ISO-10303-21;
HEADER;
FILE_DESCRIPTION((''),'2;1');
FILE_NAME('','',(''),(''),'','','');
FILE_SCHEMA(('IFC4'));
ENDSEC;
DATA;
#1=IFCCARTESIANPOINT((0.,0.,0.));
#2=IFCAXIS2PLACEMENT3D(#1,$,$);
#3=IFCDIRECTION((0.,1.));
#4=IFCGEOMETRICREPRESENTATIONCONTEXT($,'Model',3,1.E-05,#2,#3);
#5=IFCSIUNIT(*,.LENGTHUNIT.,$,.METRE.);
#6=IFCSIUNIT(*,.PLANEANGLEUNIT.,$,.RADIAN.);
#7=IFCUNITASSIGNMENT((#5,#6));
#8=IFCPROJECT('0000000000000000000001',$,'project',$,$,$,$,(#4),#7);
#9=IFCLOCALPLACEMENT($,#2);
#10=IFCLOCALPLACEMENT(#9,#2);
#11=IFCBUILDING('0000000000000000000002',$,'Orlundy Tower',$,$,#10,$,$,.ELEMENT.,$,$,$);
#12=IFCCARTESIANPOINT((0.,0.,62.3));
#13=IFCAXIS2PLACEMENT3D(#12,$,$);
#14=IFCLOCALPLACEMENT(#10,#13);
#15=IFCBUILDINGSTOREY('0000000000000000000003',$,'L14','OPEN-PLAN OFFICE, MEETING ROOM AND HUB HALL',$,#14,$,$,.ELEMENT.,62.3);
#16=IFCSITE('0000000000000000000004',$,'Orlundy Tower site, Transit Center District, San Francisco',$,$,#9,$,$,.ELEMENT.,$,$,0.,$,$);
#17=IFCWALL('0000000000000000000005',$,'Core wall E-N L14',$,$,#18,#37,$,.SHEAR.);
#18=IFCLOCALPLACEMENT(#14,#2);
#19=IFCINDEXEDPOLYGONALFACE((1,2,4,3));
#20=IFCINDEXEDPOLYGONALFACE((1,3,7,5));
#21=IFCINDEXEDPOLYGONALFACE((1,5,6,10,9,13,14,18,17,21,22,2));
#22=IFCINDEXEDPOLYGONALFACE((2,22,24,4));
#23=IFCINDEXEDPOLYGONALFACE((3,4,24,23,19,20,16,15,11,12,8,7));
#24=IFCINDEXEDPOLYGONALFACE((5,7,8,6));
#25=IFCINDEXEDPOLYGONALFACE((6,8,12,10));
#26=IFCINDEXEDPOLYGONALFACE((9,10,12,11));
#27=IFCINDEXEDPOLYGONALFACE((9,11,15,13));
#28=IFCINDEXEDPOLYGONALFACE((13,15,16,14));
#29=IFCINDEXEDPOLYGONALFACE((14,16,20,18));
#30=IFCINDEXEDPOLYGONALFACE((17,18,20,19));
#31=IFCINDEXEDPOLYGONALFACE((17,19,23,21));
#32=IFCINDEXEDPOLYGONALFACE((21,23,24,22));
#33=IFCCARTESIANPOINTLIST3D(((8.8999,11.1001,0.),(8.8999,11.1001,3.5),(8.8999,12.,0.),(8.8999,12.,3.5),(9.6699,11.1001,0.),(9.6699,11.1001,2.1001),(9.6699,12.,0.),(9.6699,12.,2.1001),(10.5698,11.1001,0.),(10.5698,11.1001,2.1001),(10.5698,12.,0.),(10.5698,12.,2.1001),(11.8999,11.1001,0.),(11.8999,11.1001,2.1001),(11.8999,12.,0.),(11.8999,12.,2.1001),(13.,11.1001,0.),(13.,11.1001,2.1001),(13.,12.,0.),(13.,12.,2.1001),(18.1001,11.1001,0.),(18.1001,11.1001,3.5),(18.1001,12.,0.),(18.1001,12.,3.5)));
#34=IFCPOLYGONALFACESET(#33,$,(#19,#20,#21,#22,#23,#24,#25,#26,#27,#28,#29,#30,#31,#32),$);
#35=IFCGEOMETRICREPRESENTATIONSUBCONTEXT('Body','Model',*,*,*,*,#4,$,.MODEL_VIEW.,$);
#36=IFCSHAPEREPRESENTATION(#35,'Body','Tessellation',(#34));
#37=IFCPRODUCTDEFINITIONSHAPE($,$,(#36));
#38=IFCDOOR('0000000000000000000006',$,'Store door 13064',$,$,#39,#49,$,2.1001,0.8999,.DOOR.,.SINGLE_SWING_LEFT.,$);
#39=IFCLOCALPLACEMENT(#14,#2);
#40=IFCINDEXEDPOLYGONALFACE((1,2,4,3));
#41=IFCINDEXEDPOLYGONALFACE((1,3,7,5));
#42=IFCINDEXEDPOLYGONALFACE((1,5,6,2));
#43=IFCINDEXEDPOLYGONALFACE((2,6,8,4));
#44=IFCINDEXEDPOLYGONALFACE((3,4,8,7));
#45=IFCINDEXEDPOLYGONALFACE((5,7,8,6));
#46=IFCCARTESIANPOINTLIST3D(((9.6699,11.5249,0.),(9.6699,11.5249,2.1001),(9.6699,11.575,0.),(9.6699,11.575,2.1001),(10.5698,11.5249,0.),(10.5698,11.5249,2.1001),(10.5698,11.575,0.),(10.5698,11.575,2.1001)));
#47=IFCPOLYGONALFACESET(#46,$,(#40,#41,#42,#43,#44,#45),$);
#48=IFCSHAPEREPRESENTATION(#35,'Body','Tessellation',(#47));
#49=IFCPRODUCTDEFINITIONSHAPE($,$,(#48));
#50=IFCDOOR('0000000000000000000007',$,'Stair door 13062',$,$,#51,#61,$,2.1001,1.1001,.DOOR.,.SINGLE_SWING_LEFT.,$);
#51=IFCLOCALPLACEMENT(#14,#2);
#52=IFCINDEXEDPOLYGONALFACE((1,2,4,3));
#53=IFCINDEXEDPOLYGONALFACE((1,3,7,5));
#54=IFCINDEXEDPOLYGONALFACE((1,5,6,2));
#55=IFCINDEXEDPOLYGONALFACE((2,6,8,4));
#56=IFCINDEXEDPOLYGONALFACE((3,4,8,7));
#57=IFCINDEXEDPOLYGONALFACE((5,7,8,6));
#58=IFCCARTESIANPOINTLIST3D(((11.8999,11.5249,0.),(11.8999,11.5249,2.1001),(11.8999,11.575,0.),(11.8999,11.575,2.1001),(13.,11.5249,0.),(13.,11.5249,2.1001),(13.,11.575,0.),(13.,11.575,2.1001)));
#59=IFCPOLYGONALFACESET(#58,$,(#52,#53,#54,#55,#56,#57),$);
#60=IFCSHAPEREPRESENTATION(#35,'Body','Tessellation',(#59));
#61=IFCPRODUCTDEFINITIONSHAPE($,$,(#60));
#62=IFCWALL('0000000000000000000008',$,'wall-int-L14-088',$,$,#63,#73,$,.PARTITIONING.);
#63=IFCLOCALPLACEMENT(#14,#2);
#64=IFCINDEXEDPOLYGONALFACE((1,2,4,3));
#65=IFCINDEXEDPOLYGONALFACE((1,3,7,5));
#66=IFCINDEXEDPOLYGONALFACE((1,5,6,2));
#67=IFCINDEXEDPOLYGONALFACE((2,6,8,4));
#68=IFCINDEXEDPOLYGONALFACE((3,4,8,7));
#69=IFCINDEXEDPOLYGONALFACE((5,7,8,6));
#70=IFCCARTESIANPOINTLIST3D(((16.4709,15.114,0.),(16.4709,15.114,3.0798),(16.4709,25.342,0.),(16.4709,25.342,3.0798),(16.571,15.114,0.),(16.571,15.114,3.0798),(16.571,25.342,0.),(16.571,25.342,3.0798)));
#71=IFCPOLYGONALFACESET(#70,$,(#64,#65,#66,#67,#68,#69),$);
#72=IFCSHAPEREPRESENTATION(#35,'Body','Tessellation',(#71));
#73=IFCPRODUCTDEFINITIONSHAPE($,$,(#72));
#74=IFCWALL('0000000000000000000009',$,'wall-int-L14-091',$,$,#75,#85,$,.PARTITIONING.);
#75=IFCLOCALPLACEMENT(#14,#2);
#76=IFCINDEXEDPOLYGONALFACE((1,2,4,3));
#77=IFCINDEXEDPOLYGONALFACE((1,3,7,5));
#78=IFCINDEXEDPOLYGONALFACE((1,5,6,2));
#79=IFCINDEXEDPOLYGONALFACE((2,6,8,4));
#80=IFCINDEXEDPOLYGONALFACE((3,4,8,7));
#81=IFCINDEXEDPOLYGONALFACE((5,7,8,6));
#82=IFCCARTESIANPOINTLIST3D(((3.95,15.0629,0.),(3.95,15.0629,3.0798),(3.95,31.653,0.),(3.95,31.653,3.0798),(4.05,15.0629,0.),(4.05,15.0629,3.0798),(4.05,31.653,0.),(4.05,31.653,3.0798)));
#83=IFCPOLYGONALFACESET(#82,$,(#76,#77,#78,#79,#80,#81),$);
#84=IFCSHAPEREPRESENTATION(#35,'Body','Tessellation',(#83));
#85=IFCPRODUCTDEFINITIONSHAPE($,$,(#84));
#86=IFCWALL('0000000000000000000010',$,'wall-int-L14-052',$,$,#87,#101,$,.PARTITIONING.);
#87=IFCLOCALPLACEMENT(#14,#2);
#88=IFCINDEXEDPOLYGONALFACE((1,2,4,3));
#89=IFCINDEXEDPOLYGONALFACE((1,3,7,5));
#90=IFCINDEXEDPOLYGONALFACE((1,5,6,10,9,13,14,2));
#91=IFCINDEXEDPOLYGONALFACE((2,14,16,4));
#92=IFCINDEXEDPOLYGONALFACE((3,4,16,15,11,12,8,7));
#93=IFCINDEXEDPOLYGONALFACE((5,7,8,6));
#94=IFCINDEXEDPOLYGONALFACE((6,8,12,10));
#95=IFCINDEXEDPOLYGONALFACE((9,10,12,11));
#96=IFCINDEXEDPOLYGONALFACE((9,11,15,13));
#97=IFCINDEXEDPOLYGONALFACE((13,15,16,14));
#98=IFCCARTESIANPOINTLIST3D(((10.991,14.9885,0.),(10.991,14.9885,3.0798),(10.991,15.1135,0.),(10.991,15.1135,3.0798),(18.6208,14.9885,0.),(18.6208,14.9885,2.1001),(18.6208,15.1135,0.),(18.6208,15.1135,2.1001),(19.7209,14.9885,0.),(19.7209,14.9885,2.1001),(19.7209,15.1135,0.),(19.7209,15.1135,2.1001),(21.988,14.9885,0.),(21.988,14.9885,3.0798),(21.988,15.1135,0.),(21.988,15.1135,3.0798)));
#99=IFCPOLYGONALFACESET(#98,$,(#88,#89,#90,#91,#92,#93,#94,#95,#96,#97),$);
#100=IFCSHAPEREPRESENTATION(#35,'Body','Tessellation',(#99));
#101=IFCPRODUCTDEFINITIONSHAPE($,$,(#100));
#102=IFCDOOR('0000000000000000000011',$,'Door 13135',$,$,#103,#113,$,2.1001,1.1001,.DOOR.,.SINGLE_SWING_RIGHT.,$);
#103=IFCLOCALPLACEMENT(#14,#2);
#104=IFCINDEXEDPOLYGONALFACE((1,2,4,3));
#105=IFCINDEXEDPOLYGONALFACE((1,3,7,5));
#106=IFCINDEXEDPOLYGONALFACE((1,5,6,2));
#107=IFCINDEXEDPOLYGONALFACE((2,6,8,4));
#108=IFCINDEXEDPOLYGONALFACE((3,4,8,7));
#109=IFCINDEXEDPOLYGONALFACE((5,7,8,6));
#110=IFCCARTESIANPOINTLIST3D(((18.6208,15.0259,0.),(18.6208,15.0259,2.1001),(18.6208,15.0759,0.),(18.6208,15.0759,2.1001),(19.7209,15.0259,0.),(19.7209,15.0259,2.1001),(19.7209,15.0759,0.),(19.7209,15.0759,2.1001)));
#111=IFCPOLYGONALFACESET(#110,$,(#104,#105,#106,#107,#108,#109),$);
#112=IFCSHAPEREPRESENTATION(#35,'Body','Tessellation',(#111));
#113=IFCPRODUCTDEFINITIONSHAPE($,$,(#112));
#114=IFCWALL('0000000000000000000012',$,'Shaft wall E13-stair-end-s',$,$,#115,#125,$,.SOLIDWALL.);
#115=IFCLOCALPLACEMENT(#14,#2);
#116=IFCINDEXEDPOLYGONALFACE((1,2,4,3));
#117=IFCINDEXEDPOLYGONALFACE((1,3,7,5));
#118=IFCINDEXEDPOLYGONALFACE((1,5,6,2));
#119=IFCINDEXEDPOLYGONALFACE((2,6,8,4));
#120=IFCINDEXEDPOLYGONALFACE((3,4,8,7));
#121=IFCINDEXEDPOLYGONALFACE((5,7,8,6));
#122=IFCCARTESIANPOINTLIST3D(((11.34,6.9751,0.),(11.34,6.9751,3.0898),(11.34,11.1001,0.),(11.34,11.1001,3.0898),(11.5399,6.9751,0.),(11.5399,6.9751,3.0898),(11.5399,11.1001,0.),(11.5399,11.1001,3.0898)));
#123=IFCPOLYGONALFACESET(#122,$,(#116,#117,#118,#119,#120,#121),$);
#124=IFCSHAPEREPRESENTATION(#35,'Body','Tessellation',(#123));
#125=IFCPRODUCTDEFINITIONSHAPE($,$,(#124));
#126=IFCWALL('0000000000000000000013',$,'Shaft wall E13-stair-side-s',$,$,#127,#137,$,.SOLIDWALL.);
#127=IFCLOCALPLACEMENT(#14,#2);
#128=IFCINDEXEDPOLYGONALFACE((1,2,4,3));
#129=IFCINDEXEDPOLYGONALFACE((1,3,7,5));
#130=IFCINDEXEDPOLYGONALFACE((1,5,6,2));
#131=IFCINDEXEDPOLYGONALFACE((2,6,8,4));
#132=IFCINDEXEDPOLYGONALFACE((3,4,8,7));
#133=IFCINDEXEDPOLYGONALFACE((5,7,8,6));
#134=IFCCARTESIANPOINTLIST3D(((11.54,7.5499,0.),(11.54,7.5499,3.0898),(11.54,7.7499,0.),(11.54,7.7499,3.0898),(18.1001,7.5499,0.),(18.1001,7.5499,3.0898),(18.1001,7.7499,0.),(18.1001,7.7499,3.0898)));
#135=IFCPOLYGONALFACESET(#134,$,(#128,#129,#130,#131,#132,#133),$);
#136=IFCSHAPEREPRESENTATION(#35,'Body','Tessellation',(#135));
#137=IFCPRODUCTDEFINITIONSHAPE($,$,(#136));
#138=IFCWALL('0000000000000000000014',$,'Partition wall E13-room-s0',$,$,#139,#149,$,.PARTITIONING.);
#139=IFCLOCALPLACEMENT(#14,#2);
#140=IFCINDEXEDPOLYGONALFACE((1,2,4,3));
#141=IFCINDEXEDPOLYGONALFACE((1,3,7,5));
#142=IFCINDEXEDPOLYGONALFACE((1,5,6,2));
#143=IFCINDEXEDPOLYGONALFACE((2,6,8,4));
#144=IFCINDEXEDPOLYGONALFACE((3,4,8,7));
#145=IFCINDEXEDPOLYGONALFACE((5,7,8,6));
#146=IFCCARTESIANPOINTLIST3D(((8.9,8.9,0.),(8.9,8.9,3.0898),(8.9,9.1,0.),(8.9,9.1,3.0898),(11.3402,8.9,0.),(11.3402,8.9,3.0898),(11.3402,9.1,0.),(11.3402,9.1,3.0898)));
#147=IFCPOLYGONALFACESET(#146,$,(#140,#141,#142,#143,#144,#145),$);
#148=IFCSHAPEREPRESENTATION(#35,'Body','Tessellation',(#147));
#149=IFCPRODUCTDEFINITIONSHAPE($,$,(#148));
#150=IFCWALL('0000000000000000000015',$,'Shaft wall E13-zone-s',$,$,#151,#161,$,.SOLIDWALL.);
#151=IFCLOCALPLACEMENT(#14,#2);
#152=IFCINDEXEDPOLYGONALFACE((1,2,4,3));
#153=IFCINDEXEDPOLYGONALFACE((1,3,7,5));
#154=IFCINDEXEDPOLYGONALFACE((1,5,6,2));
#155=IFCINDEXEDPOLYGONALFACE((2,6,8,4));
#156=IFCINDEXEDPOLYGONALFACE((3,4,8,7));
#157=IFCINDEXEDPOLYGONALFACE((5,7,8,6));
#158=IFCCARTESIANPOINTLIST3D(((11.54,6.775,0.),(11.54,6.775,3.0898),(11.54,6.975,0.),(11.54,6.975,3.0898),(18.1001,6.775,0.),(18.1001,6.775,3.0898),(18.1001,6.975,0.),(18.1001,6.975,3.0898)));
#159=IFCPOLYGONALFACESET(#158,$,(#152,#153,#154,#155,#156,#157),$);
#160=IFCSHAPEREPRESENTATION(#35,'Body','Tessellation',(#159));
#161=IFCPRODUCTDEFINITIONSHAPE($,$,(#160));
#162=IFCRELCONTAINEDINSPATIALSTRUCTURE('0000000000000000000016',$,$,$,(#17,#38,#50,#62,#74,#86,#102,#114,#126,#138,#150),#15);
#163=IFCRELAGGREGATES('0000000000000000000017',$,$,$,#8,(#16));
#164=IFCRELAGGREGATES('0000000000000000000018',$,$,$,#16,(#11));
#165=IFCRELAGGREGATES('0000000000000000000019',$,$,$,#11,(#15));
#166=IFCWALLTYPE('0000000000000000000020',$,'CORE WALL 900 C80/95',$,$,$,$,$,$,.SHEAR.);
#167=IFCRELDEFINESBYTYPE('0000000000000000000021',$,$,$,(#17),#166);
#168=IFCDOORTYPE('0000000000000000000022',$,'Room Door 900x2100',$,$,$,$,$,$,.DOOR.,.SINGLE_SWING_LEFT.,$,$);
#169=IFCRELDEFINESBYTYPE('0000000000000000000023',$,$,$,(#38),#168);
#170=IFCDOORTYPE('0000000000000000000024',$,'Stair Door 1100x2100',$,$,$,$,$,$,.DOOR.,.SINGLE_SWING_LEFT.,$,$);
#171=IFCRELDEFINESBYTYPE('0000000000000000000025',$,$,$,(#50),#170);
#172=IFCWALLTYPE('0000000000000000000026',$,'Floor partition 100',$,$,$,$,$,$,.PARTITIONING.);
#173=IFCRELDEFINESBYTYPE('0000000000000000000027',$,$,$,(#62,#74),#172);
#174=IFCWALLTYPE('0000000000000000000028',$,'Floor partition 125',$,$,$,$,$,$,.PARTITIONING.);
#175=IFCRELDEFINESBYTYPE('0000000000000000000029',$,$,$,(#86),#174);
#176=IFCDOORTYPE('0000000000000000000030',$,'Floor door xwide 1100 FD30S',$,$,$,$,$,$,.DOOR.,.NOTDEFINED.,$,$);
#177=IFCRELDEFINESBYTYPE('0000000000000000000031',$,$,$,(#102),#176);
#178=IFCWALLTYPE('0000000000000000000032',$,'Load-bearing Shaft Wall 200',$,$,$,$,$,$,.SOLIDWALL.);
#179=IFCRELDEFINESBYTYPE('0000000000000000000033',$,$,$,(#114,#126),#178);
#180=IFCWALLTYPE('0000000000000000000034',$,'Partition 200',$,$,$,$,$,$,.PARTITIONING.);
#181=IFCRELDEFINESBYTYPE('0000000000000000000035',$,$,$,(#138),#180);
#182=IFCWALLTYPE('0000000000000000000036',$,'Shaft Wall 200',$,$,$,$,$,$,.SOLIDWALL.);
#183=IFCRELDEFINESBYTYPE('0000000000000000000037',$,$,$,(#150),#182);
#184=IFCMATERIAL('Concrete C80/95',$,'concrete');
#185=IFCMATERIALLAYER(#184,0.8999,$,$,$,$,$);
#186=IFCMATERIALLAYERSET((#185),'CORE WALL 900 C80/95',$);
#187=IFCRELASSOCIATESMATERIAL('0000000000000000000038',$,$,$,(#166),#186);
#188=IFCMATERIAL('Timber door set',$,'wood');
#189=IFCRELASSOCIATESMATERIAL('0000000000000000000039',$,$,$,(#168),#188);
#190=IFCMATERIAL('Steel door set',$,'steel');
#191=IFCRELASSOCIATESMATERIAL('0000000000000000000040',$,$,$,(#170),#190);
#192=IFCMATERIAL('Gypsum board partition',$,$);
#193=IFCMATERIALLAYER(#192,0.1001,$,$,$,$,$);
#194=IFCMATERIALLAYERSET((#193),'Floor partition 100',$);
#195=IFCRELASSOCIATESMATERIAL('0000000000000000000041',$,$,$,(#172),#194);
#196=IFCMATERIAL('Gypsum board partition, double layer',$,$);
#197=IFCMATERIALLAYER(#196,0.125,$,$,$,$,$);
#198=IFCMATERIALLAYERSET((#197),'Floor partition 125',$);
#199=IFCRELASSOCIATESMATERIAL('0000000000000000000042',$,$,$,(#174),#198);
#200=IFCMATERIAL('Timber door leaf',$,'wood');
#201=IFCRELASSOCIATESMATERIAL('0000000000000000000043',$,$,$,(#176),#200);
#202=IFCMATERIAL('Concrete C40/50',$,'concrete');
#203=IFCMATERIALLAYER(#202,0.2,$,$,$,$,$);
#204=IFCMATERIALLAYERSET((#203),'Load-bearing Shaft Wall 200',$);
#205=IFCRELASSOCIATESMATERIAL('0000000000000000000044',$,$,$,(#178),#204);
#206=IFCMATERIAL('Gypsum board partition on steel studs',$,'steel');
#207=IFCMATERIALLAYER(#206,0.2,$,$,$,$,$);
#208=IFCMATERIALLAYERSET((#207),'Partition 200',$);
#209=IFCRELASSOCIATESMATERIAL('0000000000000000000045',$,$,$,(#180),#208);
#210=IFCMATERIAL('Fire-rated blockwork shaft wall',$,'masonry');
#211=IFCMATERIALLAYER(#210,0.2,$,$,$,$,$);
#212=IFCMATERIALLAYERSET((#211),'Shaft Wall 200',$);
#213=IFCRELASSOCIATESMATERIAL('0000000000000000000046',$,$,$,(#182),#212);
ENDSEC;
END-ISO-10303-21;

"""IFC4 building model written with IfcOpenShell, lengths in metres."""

from ifc_helpers import new_model, si_unit, direction, frame, frame_2d, origin, place, context, subcontext, project, spatial, rectangle, extrude, material, layer, layer_set, type_object, element, fill, save


model = new_model("IFC4")

# Units and contexts
model_context = context("Model", 3, precision=1e-05, world=origin(), true_north=direction((0.0, 1.0)))
body_context = subcontext(model_context, "Body", "Model", "MODEL_VIEW")
ifc_project = project(units=[si_unit("LENGTHUNIT", "METRE"), si_unit("PLANEANGLEUNIT", "RADIAN")], contexts=[model_context])

# Site, building, storey
site_placement = place(None, origin())
site = spatial("IfcSite", under=ifc_project, at=site_placement, Name="Orlundy Tower site, Transit Center District, San Francisco", CompositionType="ELEMENT", RefElevation=0.0)
building_placement = place(site_placement, origin())
building = spatial("IfcBuilding", under=site, at=building_placement, Name="Orlundy Tower", CompositionType="ELEMENT")
storey_placement = place(building_placement, frame((0.0, 0.0, 62.3)))
storey = spatial("IfcBuildingStorey", under=building, at=storey_placement, Name="L14", Description="OPEN-PLAN OFFICE, MEETING ROOM AND HUB HALL", CompositionType="ELEMENT", Elevation=62.3)

# Wall, openings, doors
ifc_material_1 = material(Name="Concrete C80/95", Category="concrete")
ifc_layer_1 = layer(ifc_material_1, 0.8999)
ifc_layer_set_1 = layer_set([ifc_layer_1], Name="CORE WALL 900 C80/95")
wall_type_1 = type_object("IfcWallType", Name="CORE WALL 900 C80/95", PredefinedType="SHEAR", material=ifc_layer_set_1)
wall_1_placement = place(storey_placement, frame((8.8999, 11.55, 0.0), z_axis=(0.0, 0.0, 1.0), x_axis=(1.0, 0.0, 0.0)))
wall_1 = element("IfcWall", 1, at=wall_1_placement, inside=storey, type_object=wall_type_1, Name="Core wall E-N L14", PredefinedType="SHEAR", context=body_context, shape_type="SweptSolid", body=[
    extrude(rectangle(XDim=9.2002, YDim=0.8999, at=frame_2d((4.6001, 0.0))), origin(), (0.0, 0.0, 1.0), 3.5),
])
opening_1_placement = place(wall_1_placement, frame((3.0, 0.0, 0.0)))
opening_1 = element("IfcOpeningElement", 2, at=opening_1_placement, cuts=wall_1, PredefinedType="OPENING", context=body_context, shape_type="SweptSolid", body=[
    extrude(rectangle(XDim=1.1001, YDim=2.1001, at=frame_2d((0.55, 1.05))), frame((0.0, 0.46, 0.0), z_axis=(0.0, -1.0, 0.0), x_axis=(1.0, 0.0, 0.0)), (0.0, 0.0, 1.0), 0.9199),
])
opening_2_placement = place(wall_1_placement, frame((0.77, 0.0, 0.0)))
opening_2 = element("IfcOpeningElement", 3, at=opening_2_placement, cuts=wall_1, PredefinedType="OPENING", context=body_context, shape_type="SweptSolid", body=[
    extrude(rectangle(XDim=0.8999, YDim=2.1001, at=frame_2d((0.45, 1.05))), frame((0.0, 0.46, 0.0), z_axis=(0.0, -1.0, 0.0), x_axis=(1.0, 0.0, 0.0)), (0.0, 0.0, 1.0), 0.9199),
])
ifc_material_2 = material(Name="Timber door set", Category="wood")
door_type_1 = type_object("IfcDoorType", Name="Room Door 900x2100", OperationType="SINGLE_SWING_LEFT", PredefinedType="DOOR", material=ifc_material_2)
door_1_placement = place(opening_2_placement, origin())
door_1 = element("IfcDoor", 4, at=door_1_placement, inside=storey, type_object=door_type_1, Name="Store door 13064", OperationType="SINGLE_SWING_LEFT", OverallHeight=2.1001, OverallWidth=0.8999, PredefinedType="DOOR", context=body_context, shape_type="SweptSolid", body=[
    extrude(rectangle(XDim=0.8999, YDim=2.1001, at=frame_2d((0.45, 1.05))), frame((0.0, 0.0249, 0.0), z_axis=(0.0, -1.0, 0.0), x_axis=(1.0, 0.0, 0.0)), (0.0, 0.0, 1.0), 0.05),
])
fill(opening_2, door_1)
ifc_material_3 = material(Name="Steel door set", Category="steel")
door_type_2 = type_object("IfcDoorType", Name="Stair Door 1100x2100", OperationType="SINGLE_SWING_LEFT", PredefinedType="DOOR", material=ifc_material_3)
door_2_placement = place(opening_1_placement, origin())
door_2 = element("IfcDoor", 5, at=door_2_placement, inside=storey, type_object=door_type_2, Name="Stair door 13062", OperationType="SINGLE_SWING_LEFT", OverallHeight=2.1001, OverallWidth=1.1001, PredefinedType="DOOR", context=body_context, shape_type="SweptSolid", body=[
    extrude(rectangle(XDim=1.1001, YDim=2.1001, at=frame_2d((0.55, 1.05))), frame((0.0, 0.0249, 0.0), z_axis=(0.0, -1.0, 0.0), x_axis=(1.0, 0.0, 0.0)), (0.0, 0.0, 1.0), 0.05),
])
fill(opening_1, door_2)

# Walls
ifc_material_4 = material(Name="Gypsum board partition")
ifc_layer_2 = layer(ifc_material_4, 0.1001)
ifc_layer_set_2 = layer_set([ifc_layer_2], Name="Floor partition 100")
wall_type_2 = type_object("IfcWallType", Name="Floor partition 100", PredefinedType="PARTITIONING", material=ifc_layer_set_2)
wall_2_placement = place(storey_placement, frame((16.521, 15.114, 0.0), z_axis=(0.0, 0.0, 1.0), x_axis=(0.0, 1.0, 0.0)))
element("IfcWall", 6, at=wall_2_placement, inside=storey, type_object=wall_type_2, Name="wall-int-L14-088", PredefinedType="PARTITIONING", context=body_context, shape_type="SweptSolid", body=[
    extrude(rectangle(XDim=10.228, YDim=0.1001, at=frame_2d((5.114, 0.0))), origin(), (0.0, 0.0, 1.0), 3.0798),
])
wall_3_placement = place(storey_placement, frame((4.0, 15.063, 0.0), z_axis=(0.0, 0.0, 1.0), x_axis=(0.0, 1.0, 0.0)))
element("IfcWall", 7, at=wall_3_placement, inside=storey, type_object=wall_type_2, Name="wall-int-L14-091", PredefinedType="PARTITIONING", context=body_context, shape_type="SweptSolid", body=[
    extrude(rectangle(XDim=16.5901, YDim=0.1001, at=frame_2d((8.2949, 0.0))), origin(), (0.0, 0.0, 1.0), 3.0798),
])

# Wall, opening, door
ifc_material_5 = material(Name="Gypsum board partition, double layer")
ifc_layer_3 = layer(ifc_material_5, 0.125)
ifc_layer_set_3 = layer_set([ifc_layer_3], Name="Floor partition 125")
wall_type_3 = type_object("IfcWallType", Name="Floor partition 125", PredefinedType="PARTITIONING", material=ifc_layer_set_3)
wall_4_placement = place(storey_placement, frame((10.991, 15.051, 0.0), z_axis=(0.0, 0.0, 1.0), x_axis=(1.0, 0.0, 0.0)))
wall_4 = element("IfcWall", 8, at=wall_4_placement, inside=storey, type_object=wall_type_3, Name="wall-int-L14-052", PredefinedType="PARTITIONING", context=body_context, shape_type="SweptSolid", body=[
    extrude(rectangle(XDim=10.9971, YDim=0.125, at=frame_2d((5.4985, 0.0))), origin(), (0.0, 0.0, 1.0), 3.0798),
])
opening_3_placement = place(wall_4_placement, frame((7.6299, 0.0, 0.0)))
opening_3 = element("IfcOpeningElement", 9, at=opening_3_placement, cuts=wall_4, PredefinedType="OPENING", context=body_context, shape_type="SweptSolid", body=[
    extrude(rectangle(XDim=1.1001, YDim=2.1001, at=frame_2d((0.55, 1.05))), frame((0.0, 0.0725, 0.0), z_axis=(0.0, -1.0, 0.0), x_axis=(1.0, 0.0, 0.0)), (0.0, 0.0, 1.0), 0.145),
])
ifc_material_6 = material(Name="Timber door leaf", Category="wood")
door_type_3 = type_object("IfcDoorType", Name="Floor door xwide 1100 FD30S", OperationType="NOTDEFINED", PredefinedType="DOOR", material=ifc_material_6)
door_3_placement = place(opening_3_placement, origin())
door_3 = element("IfcDoor", 10, at=door_3_placement, inside=storey, type_object=door_type_3, Name="Door 13135", OperationType="SINGLE_SWING_RIGHT", OverallHeight=2.1001, OverallWidth=1.1001, PredefinedType="DOOR", context=body_context, shape_type="SweptSolid", body=[
    extrude(rectangle(XDim=1.1001, YDim=2.1001, at=frame_2d((0.55, 1.05))), frame((0.0, 0.0249, 0.0), z_axis=(0.0, -1.0, 0.0), x_axis=(1.0, 0.0, 0.0)), (0.0, 0.0, 1.0), 0.05),
])
fill(opening_3, door_3)

# Walls
ifc_material_7 = material(Name="Concrete C40/50", Category="concrete")
ifc_layer_4 = layer(ifc_material_7, 0.2)
ifc_layer_set_4 = layer_set([ifc_layer_4], Name="Load-bearing Shaft Wall 200")
wall_type_4 = type_object("IfcWallType", Name="Load-bearing Shaft Wall 200", PredefinedType="SOLIDWALL", material=ifc_layer_set_4)
wall_5_placement = place(storey_placement, frame((11.4399, 11.1001, 0.0), z_axis=(0.0, 0.0, 1.0), x_axis=(0.0, -1.0, 0.0)))
element("IfcWall", 11, at=wall_5_placement, inside=storey, type_object=wall_type_4, Name="Shaft wall E13-stair-end-s", PredefinedType="SOLIDWALL", context=body_context, shape_type="SweptSolid", body=[
    extrude(rectangle(XDim=4.125, YDim=0.2, at=frame_2d((2.0625, 0.0))), origin(), (0.0, 0.0, 1.0), 3.0898),
])
wall_6_placement = place(storey_placement, frame((11.54, 7.6499, 0.0), z_axis=(0.0, 0.0, 1.0), x_axis=(1.0, 0.0, 0.0)))
element("IfcWall", 12, at=wall_6_placement, inside=storey, type_object=wall_type_4, Name="Shaft wall E13-stair-side-s", PredefinedType="SOLIDWALL", context=body_context, shape_type="SweptSolid", body=[
    extrude(rectangle(XDim=6.5601, YDim=0.2, at=frame_2d((3.28, 0.0))), origin(), (0.0, 0.0, 1.0), 3.0898),
])
ifc_material_8 = material(Name="Gypsum board partition on steel studs", Category="steel")
ifc_layer_5 = layer(ifc_material_8, 0.2)
ifc_layer_set_5 = layer_set([ifc_layer_5], Name="Partition 200")
wall_type_5 = type_object("IfcWallType", Name="Partition 200", PredefinedType="PARTITIONING", material=ifc_layer_set_5)
wall_7_placement = place(storey_placement, frame((8.8999, 9.0, 0.0), z_axis=(0.0, 0.0, 1.0), x_axis=(1.0, 0.0, 0.0)))
element("IfcWall", 13, at=wall_7_placement, inside=storey, type_object=wall_type_5, Name="Partition wall E13-room-s0", PredefinedType="PARTITIONING", context=body_context, shape_type="SweptSolid", body=[
    extrude(rectangle(XDim=2.4402, YDim=0.2, at=frame_2d((1.2202, 0.0))), origin(), (0.0, 0.0, 1.0), 3.0898),
])
ifc_material_9 = material(Name="Fire-rated blockwork shaft wall", Category="masonry")
ifc_layer_6 = layer(ifc_material_9, 0.2)
ifc_layer_set_6 = layer_set([ifc_layer_6], Name="Shaft Wall 200")
wall_type_6 = type_object("IfcWallType", Name="Shaft Wall 200", PredefinedType="SOLIDWALL", material=ifc_layer_set_6)
wall_8_placement = place(storey_placement, frame((11.54, 6.875, 0.0), z_axis=(0.0, 0.0, 1.0), x_axis=(1.0, 0.0, 0.0)))
element("IfcWall", 14, at=wall_8_placement, inside=storey, type_object=wall_type_6, Name="Shaft wall E13-zone-s", PredefinedType="SOLIDWALL", context=body_context, shape_type="SweptSolid", body=[
    extrude(rectangle(XDim=6.5601, YDim=0.2, at=frame_2d((3.28, 0.0))), origin(), (0.0, 0.0, 1.0), 3.0898),
])

save(model, "model.ifc")
